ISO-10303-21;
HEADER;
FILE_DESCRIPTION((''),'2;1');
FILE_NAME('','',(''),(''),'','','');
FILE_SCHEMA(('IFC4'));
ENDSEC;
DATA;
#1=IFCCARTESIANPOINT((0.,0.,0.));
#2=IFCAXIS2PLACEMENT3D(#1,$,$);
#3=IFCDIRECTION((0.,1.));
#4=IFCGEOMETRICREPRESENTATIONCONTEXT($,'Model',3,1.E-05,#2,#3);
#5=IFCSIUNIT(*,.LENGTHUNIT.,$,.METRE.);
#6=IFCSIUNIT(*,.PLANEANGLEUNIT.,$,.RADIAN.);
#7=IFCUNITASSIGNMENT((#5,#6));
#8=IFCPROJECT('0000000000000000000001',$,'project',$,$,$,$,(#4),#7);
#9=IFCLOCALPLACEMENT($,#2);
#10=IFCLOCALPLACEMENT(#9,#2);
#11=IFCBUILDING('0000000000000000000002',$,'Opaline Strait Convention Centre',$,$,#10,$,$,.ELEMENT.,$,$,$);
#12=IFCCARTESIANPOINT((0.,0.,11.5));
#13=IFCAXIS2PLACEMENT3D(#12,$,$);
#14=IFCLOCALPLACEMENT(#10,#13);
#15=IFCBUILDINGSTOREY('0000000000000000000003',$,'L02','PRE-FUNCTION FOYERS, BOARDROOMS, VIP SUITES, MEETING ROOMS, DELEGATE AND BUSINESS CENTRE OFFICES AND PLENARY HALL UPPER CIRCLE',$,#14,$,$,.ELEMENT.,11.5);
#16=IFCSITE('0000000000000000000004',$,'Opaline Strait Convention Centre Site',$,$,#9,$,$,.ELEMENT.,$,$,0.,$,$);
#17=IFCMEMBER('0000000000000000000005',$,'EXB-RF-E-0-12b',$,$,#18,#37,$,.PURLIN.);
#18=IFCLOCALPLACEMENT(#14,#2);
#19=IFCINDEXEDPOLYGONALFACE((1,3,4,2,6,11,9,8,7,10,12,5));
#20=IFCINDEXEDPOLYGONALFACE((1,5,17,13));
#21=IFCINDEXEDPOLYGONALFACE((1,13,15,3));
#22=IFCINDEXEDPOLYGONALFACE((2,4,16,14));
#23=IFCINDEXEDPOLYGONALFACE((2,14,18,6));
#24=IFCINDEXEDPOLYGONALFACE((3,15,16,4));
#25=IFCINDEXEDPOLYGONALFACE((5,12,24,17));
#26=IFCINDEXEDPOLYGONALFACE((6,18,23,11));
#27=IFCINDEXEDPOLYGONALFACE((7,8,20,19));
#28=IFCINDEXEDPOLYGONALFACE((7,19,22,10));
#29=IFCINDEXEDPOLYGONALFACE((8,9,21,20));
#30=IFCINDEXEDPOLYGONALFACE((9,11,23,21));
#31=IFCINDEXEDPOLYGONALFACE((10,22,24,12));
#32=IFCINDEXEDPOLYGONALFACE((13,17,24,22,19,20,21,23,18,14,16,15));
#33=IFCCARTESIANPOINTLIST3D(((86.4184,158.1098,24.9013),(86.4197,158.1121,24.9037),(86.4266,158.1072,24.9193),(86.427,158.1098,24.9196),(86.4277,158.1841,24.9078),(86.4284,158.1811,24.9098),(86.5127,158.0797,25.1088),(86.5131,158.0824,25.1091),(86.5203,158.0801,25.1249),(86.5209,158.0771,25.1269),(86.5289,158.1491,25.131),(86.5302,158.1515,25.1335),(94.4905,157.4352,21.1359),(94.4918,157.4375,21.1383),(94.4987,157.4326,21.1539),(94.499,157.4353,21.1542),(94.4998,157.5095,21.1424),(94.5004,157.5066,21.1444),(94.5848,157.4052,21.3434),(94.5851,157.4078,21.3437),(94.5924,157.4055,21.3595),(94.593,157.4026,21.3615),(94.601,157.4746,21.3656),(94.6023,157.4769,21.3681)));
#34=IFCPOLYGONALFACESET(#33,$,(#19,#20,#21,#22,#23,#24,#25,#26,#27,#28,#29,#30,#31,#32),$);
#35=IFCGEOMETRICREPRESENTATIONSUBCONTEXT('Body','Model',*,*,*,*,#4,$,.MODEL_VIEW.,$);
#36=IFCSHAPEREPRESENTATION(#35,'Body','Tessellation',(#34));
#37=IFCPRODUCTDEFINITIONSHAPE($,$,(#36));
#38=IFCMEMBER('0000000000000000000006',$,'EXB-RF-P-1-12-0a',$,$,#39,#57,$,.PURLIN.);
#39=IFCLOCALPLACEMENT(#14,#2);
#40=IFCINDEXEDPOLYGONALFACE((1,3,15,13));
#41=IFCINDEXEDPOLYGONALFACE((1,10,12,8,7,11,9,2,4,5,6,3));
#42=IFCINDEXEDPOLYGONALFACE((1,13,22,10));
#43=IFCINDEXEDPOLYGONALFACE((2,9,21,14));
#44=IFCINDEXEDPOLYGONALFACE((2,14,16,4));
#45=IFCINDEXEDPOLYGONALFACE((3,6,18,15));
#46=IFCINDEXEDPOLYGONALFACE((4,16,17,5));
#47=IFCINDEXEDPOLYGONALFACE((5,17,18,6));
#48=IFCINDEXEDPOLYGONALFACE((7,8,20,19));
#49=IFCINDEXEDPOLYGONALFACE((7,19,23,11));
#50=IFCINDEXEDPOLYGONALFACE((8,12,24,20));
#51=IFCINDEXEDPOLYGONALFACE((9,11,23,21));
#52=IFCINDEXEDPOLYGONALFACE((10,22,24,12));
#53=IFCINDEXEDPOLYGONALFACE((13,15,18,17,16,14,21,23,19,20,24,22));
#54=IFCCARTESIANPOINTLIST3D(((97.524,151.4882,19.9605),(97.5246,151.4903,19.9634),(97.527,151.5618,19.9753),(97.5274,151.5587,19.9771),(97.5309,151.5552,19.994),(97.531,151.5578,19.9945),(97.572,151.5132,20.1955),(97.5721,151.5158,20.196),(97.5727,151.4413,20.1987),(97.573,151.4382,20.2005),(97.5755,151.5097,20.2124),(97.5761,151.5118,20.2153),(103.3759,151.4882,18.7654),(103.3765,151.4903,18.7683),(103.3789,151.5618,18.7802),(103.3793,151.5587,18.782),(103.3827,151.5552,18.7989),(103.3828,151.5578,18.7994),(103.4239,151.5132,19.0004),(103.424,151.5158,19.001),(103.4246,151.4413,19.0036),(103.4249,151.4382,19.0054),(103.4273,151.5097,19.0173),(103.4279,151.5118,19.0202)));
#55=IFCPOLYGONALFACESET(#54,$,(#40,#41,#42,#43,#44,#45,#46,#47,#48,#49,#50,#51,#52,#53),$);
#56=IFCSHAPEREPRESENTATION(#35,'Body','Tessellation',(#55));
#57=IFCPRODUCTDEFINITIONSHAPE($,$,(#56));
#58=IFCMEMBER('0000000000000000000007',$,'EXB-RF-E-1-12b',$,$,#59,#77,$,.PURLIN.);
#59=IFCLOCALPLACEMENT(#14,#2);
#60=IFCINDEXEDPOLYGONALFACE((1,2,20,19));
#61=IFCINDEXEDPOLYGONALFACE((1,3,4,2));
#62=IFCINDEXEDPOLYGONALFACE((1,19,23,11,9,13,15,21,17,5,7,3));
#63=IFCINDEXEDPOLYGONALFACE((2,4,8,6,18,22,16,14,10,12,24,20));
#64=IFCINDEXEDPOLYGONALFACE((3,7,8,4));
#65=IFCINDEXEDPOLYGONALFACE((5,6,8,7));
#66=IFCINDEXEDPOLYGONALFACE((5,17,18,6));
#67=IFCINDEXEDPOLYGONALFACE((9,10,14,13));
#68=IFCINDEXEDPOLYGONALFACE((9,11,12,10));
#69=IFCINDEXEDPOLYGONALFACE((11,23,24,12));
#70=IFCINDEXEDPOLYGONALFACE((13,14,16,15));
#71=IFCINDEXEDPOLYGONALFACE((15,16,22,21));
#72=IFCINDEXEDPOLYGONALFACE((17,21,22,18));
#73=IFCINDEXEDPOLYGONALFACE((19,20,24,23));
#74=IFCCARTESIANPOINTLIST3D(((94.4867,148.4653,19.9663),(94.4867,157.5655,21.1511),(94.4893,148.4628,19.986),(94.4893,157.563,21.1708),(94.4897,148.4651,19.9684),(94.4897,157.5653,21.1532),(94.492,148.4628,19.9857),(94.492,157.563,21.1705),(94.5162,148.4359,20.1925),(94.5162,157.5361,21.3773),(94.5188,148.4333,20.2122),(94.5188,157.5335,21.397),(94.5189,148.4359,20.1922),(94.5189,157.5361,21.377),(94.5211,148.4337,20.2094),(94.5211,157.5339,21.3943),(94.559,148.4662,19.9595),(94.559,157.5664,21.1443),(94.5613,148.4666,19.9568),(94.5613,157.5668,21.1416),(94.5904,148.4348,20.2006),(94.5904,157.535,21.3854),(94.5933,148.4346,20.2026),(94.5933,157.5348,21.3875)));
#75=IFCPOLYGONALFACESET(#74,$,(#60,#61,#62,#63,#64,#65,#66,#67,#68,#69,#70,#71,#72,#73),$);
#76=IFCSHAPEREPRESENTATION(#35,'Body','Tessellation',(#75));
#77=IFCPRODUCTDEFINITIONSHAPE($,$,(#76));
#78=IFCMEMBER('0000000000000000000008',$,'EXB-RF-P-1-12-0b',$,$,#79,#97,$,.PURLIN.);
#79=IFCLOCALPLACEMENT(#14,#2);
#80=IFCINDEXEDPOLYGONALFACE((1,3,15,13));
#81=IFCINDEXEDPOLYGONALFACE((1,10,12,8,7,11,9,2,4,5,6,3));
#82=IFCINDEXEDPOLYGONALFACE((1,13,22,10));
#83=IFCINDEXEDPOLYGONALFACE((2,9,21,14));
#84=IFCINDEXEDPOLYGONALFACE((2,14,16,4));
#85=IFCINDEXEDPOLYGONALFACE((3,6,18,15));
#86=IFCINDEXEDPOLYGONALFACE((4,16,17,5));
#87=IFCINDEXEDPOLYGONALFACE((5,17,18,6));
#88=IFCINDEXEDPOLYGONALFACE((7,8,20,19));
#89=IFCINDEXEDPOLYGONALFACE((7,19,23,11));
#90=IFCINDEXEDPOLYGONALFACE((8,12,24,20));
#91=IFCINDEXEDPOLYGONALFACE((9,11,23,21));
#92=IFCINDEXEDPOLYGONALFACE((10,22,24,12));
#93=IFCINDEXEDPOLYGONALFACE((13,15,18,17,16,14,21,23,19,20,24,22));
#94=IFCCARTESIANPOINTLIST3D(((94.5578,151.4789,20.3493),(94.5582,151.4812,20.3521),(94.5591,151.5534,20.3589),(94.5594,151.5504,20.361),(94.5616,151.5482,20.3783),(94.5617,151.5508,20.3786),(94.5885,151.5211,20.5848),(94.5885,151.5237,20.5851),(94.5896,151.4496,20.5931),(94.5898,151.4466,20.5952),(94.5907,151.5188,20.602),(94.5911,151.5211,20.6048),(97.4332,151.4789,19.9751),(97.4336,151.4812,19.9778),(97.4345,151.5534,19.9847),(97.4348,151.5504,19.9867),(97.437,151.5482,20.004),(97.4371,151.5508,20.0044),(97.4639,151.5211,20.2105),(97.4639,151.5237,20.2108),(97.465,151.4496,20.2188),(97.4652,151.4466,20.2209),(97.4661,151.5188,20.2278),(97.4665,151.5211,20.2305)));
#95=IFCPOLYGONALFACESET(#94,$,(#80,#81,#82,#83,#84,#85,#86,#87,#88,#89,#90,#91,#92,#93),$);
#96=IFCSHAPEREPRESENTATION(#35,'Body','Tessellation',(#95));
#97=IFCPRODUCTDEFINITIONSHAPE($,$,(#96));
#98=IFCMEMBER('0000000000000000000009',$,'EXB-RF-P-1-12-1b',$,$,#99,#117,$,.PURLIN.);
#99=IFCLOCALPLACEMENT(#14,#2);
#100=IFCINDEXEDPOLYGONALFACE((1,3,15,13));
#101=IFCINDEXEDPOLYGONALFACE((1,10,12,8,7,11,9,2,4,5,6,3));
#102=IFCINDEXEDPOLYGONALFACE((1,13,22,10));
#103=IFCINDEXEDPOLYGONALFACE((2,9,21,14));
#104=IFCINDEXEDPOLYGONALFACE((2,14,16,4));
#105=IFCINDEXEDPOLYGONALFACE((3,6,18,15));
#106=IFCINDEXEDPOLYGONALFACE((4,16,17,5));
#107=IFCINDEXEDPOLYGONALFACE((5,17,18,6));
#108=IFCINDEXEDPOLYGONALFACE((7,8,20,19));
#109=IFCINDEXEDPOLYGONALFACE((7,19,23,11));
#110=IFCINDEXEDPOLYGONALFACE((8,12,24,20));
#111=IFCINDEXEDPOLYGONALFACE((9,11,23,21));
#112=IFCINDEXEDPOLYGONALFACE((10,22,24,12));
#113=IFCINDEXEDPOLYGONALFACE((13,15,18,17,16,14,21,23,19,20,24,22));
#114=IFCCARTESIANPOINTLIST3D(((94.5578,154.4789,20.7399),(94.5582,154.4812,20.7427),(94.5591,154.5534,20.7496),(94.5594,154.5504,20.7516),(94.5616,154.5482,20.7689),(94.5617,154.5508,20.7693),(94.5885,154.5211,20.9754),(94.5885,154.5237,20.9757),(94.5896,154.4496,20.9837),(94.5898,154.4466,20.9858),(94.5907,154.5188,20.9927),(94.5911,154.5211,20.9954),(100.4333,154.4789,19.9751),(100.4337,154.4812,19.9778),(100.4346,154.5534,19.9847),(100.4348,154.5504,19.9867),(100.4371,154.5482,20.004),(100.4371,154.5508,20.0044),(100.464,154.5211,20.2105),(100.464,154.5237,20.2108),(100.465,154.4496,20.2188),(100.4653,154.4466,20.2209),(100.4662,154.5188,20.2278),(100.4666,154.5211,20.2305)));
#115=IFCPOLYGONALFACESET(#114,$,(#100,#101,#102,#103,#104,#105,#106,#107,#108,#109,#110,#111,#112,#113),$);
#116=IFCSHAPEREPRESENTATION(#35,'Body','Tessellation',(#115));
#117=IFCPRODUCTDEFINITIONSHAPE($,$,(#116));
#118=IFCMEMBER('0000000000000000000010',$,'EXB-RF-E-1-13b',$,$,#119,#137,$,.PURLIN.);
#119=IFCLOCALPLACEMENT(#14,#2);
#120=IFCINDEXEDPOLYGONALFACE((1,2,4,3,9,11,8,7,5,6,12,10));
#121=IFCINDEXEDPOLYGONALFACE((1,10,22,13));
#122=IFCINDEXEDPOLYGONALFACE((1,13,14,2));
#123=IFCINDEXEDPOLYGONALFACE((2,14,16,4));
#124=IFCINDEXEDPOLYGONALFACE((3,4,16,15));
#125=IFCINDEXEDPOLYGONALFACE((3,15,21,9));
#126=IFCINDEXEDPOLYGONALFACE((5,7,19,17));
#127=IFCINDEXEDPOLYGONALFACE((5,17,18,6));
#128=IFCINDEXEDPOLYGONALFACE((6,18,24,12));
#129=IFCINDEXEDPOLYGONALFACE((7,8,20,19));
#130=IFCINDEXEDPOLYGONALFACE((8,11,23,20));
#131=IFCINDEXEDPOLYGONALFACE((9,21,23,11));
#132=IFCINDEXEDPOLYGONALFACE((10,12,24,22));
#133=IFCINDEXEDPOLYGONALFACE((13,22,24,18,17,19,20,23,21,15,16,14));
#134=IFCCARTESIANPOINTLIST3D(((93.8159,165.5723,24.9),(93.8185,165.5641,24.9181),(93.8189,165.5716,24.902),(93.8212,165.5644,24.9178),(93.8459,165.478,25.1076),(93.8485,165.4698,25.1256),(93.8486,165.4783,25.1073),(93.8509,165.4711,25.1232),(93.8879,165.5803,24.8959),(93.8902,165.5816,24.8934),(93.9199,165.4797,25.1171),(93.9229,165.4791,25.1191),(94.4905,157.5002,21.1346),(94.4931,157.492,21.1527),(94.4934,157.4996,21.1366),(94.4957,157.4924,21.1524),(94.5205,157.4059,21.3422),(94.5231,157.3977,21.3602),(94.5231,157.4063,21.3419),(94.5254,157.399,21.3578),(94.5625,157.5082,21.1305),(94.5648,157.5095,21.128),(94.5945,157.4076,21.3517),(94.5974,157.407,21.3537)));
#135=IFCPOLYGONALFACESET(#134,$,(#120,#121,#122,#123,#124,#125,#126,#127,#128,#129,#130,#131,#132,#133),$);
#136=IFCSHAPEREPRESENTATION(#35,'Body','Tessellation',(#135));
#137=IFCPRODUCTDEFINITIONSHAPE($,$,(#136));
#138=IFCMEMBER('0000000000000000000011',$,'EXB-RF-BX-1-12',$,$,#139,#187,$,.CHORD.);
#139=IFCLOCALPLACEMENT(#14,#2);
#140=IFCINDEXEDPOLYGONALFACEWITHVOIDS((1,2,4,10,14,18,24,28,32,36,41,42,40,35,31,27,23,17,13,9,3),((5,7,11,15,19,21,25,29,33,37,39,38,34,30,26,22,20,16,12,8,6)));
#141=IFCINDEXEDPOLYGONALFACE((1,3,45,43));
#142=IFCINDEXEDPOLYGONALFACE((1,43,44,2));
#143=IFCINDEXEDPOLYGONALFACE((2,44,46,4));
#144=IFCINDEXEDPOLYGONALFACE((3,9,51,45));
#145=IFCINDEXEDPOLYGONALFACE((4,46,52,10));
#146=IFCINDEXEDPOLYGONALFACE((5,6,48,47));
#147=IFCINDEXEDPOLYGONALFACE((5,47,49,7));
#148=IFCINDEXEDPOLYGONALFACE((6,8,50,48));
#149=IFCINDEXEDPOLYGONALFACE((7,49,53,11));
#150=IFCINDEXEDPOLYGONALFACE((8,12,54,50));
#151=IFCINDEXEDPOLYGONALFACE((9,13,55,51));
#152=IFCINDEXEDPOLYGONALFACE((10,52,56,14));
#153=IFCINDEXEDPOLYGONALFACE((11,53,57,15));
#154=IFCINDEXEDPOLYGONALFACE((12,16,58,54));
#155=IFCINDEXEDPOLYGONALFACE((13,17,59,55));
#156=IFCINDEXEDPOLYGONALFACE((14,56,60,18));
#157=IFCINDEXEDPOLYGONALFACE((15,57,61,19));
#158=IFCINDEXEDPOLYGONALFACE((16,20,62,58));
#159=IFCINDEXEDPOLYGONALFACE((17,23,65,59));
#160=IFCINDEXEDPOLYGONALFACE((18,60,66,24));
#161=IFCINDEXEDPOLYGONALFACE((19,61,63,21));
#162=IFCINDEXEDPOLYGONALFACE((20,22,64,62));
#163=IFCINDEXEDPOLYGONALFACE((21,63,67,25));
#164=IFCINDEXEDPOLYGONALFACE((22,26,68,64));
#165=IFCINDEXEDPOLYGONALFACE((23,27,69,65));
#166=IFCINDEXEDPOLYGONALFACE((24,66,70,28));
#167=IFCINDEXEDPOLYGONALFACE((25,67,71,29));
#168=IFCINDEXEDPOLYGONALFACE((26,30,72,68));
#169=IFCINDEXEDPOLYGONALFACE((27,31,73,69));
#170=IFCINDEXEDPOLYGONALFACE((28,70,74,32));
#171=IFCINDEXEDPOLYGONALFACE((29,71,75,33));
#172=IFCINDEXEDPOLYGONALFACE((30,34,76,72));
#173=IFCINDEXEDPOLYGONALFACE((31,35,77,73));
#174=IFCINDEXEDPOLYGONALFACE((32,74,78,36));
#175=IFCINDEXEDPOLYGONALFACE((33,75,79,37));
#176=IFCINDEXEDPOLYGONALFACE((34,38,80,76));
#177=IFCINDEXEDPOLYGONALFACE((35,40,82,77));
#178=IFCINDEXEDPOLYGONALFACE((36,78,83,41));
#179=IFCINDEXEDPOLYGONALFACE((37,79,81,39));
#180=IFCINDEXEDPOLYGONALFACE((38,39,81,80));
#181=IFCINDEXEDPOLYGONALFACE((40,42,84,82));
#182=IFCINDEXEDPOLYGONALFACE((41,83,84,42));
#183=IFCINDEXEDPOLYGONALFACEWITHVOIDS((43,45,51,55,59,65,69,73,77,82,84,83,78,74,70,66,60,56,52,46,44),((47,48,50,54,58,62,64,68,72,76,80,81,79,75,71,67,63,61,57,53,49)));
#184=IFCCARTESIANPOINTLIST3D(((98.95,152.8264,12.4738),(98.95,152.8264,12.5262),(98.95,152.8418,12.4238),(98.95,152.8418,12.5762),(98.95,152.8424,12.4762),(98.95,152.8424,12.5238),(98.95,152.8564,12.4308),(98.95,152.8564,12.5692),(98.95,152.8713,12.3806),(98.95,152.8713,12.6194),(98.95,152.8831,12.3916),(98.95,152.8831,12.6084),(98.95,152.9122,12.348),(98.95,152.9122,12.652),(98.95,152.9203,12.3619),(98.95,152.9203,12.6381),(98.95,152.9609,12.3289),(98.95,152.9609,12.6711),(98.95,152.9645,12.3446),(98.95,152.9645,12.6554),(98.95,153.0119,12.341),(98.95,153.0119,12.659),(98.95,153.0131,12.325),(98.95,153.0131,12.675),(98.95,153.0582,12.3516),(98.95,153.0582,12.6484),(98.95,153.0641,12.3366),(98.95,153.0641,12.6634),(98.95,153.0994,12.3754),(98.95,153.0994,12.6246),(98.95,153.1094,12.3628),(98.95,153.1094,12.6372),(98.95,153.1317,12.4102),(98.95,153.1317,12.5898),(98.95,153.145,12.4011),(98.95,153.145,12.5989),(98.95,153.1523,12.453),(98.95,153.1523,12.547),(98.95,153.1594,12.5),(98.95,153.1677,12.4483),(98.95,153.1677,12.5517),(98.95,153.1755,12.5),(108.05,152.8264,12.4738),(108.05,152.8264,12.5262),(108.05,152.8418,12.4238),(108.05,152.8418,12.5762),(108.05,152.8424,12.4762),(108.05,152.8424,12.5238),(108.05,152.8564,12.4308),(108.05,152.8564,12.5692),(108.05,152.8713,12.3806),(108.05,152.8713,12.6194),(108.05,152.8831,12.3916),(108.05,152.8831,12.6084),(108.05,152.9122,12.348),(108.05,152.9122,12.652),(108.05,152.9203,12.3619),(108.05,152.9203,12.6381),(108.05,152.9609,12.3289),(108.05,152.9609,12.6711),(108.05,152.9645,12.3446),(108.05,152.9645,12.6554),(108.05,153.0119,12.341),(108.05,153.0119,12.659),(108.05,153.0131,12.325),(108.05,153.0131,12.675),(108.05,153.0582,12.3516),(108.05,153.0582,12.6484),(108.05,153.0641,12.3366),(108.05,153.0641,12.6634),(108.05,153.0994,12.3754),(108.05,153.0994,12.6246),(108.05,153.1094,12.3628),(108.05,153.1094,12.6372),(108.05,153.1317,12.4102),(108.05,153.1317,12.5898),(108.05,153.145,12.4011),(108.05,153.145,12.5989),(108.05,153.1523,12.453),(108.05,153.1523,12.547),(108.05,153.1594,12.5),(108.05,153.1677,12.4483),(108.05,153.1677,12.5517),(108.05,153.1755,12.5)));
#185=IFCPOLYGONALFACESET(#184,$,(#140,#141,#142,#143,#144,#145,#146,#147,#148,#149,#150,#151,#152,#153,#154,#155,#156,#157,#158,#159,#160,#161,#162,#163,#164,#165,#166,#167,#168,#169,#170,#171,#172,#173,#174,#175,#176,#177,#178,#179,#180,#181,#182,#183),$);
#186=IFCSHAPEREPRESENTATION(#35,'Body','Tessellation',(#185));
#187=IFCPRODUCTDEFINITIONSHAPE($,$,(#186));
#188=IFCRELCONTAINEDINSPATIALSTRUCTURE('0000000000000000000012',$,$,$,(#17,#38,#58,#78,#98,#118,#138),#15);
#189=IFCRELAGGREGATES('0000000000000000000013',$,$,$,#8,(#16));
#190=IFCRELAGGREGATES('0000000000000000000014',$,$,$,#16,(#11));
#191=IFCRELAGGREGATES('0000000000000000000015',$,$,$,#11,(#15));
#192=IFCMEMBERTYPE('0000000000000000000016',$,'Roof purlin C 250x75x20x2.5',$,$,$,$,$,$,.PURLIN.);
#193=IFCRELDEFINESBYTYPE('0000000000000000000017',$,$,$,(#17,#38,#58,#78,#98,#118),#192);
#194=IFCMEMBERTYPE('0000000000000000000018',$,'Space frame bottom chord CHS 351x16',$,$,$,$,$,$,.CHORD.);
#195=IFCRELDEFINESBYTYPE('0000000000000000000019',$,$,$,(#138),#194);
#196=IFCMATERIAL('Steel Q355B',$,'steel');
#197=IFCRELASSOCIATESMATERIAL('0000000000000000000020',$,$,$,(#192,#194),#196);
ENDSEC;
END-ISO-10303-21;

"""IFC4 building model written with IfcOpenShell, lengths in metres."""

from ifc_helpers import new_model, si_unit, direction, frame, origin, origin_2d, place, context, subcontext, project, spatial, polyline, hollow_circle, outline, extrude, material, material_profile, profile_set, type_object, element, save


model = new_model("IFC4")

# Units and contexts
model_context = context("Model", 3, precision=1e-05, world=origin(), true_north=direction((0.0, 1.0)))
body_context = subcontext(model_context, "Body", "Model", "MODEL_VIEW")
ifc_project = project(units=[si_unit("LENGTHUNIT", "METRE"), si_unit("PLANEANGLEUNIT", "RADIAN")], contexts=[model_context])

# Site, building, storey
site_placement = place(None, origin())
site = spatial("IfcSite", under=ifc_project, at=site_placement, Name="Opaline Strait Convention Centre Site", CompositionType="ELEMENT", RefElevation=0.0)
building_placement = place(site_placement, origin())
building = spatial("IfcBuilding", under=site, at=building_placement, Name="Opaline Strait Convention Centre", CompositionType="ELEMENT")
storey_placement = place(building_placement, frame((0.0, 0.0, 11.5)))
storey = spatial("IfcBuildingStorey", under=building, at=storey_placement, Name="L02", Description="PRE-FUNCTION FOYERS, BOARDROOMS, VIP SUITES, MEETING ROOMS, DELEGATE AND BUSINESS CENTRE OFFICES AND PLENARY HALL UPPER CIRCLE", CompositionType="ELEMENT", Elevation=11.5)

# Members
ifc_material_1 = material(Name="Steel Q355B", Category="steel")
ifc_material_profile_1 = material_profile(ifc_material_1, outline(polyline([(-0.0376, -0.125), (0.0376, -0.125), (0.0376, -0.105), (0.0349, -0.105), (0.0349, -0.1226), (-0.0349, -0.1226), (-0.0349, 0.1226), (0.0349, 0.1226), (0.0349, 0.105), (0.0376, 0.105), (0.0376, 0.125), (-0.0376, 0.125), (-0.0376, -0.125)])), Name="C 250x75x20x2.5")
ifc_profile_set_1 = profile_set([ifc_material_profile_1], Name="Steel Q355B")
member_type_1 = type_object("IfcMemberType", Name="Roof purlin C 250x75x20x2.5", PredefinedType="PURLIN", material=ifc_profile_set_1)
member_1_placement = place(storey_placement, frame((94.5464, 157.4561, 21.252), z_axis=(-0.903663, 0.075517, 0.421534), x_axis=(-0.123221, -0.988553, -0.087057)))
element("IfcMember", 1, at=member_1_placement, inside=storey, type_object=member_type_1, Name="EXB-RF-E-0-12b", PredefinedType="PURLIN", context=body_context, shape_type="SweptSolid", body=[
    extrude(outline(polyline([(-0.0376, -0.125), (0.0376, -0.125), (0.0376, -0.105), (0.0349, -0.105), (0.0349, -0.1226), (-0.0349, -0.1226), (-0.0349, 0.1226), (0.0349, 0.1226), (0.0349, 0.105), (0.0376, 0.105), (0.0376, 0.125), (-0.0376, 0.125), (-0.0376, -0.125)])), origin(), (0.0, 0.0, 1.0), 8.9326),
])
member_2_placement = place(storey_placement, frame((97.55, 151.5, 20.0879), z_axis=(0.979777, 0.0, -0.200092), x_axis=(0.040034, 0.97978, 0.196031)))
element("IfcMember", 2, at=member_2_placement, inside=storey, type_object=member_type_1, Name="EXB-RF-P-1-12-0a", PredefinedType="PURLIN", context=body_context, shape_type="SweptSolid", body=[
    extrude(outline(polyline([(-0.0376, -0.125), (0.0376, -0.125), (0.0376, -0.105), (0.0349, -0.105), (0.0349, -0.1226), (-0.0349, -0.1226), (-0.0349, 0.1226), (0.0349, 0.1226), (0.0349, 0.105), (0.0376, 0.105), (0.0376, 0.125), (-0.0376, 0.125), (-0.0376, -0.125)])), origin(), (0.0, 0.0, 1.0), 5.9727),
])
member_3_placement = place(storey_placement, frame((94.54, 148.45, 20.0845), z_axis=(0.0, 0.99163, 0.129108), x_axis=(-0.99177, -0.01653, 0.126961)))
element("IfcMember", 3, at=member_3_placement, inside=storey, type_object=member_type_1, Name="EXB-RF-E-1-12b", PredefinedType="PURLIN", context=body_context, shape_type="SweptSolid", body=[
    extrude(outline(polyline([(-0.0376, -0.125), (0.0376, -0.125), (0.0376, -0.105), (0.0349, -0.105), (0.0349, -0.1226), (-0.0349, -0.1226), (-0.0349, 0.1226), (0.0349, 0.1226), (0.0349, 0.105), (0.0376, 0.105), (0.0376, 0.125), (-0.0376, 0.125), (-0.0376, -0.125)])), origin(), (0.0, 0.0, 1.0), 9.177),
])
member_4_placement = place(storey_placement, frame((94.5745, 151.5, 20.4771), z_axis=(0.991636, 0.0, -0.129069), x_axis=(0.016662, 0.991632, 0.128015)))
element("IfcMember", 4, at=member_4_placement, inside=storey, type_object=member_type_1, Name="EXB-RF-P-1-12-0b", PredefinedType="PURLIN", context=body_context, shape_type="SweptSolid", body=[
    extrude(outline(polyline([(-0.0376, -0.125), (0.0376, -0.125), (0.0376, -0.105), (0.0349, -0.105), (0.0349, -0.1226), (-0.0349, -0.1226), (-0.0349, 0.1226), (0.0349, 0.1226), (0.0349, 0.105), (0.0376, 0.105), (0.0376, 0.125), (-0.0376, 0.125), (-0.0376, -0.125)])), origin(), (0.0, 0.0, 1.0), 2.8997),
])
member_5_placement = place(storey_placement, frame((94.5745, 154.5, 20.8677), z_axis=(0.991632, 0.0, -0.129094), x_axis=(0.016665, 0.991632, 0.128015)))
element("IfcMember", 5, at=member_5_placement, inside=storey, type_object=member_type_1, Name="EXB-RF-P-1-12-1b", PredefinedType="PURLIN", context=body_context, shape_type="SweptSolid", body=[
    extrude(outline(polyline([(-0.0376, -0.125), (0.0376, -0.125), (0.0376, -0.105), (0.0349, -0.105), (0.0349, -0.1226), (-0.0349, -0.1226), (-0.0349, 0.1226), (0.0349, 0.1226), (0.0349, 0.105), (0.0376, 0.105), (0.0376, 0.125), (-0.0376, 0.125), (-0.0376, -0.125)])), origin(), (0.0, 0.0, 1.0), 5.925),
])
member_6_placement = place(storey_placement, frame((94.5439, 157.4536, 21.2441), z_axis=(-0.075517, 0.903663, 0.421534), x_axis=(-0.988553, -0.123221, 0.087057)))
element("IfcMember", 6, at=member_6_placement, inside=storey, type_object=member_type_1, Name="EXB-RF-E-1-13b", PredefinedType="PURLIN", context=body_context, shape_type="SweptSolid", body=[
    extrude(outline(polyline([(-0.0376, -0.125), (0.0376, -0.125), (0.0376, -0.105), (0.0349, -0.105), (0.0349, -0.1226), (-0.0349, -0.1226), (-0.0349, 0.1226), (0.0349, 0.1226), (0.0349, 0.105), (0.0376, 0.105), (0.0376, 0.125), (-0.0376, 0.125), (-0.0376, -0.125)])), origin(), (0.0, 0.0, 1.0), 8.9326),
])
ifc_material_profile_2 = material_profile(ifc_material_1, hollow_circle(Radius=0.1755, WallThickness=0.0161, at=origin_2d()), Name="CHS 351x16")
ifc_profile_set_2 = profile_set([ifc_material_profile_2], Name="Steel Q355B")
member_type_2 = type_object("IfcMemberType", Name="Space frame bottom chord CHS 351x16", PredefinedType="CHORD", material=ifc_profile_set_2)
member_7_placement = place(storey_placement, frame((98.95, 153.0, 12.5), z_axis=(1.0, 0.0, 0.0), x_axis=(0.0, 1.0, 0.0)))
element("IfcMember", 7, at=member_7_placement, inside=storey, type_object=member_type_2, Name="EXB-RF-BX-1-12", PredefinedType="CHORD", context=body_context, shape_type="SweptSolid", body=[
    extrude(hollow_circle(Radius=0.1755, WallThickness=0.0161, at=origin_2d()), origin(), (0.0, 0.0, 1.0), 9.1001),
])

save(model, "model.ifc")
